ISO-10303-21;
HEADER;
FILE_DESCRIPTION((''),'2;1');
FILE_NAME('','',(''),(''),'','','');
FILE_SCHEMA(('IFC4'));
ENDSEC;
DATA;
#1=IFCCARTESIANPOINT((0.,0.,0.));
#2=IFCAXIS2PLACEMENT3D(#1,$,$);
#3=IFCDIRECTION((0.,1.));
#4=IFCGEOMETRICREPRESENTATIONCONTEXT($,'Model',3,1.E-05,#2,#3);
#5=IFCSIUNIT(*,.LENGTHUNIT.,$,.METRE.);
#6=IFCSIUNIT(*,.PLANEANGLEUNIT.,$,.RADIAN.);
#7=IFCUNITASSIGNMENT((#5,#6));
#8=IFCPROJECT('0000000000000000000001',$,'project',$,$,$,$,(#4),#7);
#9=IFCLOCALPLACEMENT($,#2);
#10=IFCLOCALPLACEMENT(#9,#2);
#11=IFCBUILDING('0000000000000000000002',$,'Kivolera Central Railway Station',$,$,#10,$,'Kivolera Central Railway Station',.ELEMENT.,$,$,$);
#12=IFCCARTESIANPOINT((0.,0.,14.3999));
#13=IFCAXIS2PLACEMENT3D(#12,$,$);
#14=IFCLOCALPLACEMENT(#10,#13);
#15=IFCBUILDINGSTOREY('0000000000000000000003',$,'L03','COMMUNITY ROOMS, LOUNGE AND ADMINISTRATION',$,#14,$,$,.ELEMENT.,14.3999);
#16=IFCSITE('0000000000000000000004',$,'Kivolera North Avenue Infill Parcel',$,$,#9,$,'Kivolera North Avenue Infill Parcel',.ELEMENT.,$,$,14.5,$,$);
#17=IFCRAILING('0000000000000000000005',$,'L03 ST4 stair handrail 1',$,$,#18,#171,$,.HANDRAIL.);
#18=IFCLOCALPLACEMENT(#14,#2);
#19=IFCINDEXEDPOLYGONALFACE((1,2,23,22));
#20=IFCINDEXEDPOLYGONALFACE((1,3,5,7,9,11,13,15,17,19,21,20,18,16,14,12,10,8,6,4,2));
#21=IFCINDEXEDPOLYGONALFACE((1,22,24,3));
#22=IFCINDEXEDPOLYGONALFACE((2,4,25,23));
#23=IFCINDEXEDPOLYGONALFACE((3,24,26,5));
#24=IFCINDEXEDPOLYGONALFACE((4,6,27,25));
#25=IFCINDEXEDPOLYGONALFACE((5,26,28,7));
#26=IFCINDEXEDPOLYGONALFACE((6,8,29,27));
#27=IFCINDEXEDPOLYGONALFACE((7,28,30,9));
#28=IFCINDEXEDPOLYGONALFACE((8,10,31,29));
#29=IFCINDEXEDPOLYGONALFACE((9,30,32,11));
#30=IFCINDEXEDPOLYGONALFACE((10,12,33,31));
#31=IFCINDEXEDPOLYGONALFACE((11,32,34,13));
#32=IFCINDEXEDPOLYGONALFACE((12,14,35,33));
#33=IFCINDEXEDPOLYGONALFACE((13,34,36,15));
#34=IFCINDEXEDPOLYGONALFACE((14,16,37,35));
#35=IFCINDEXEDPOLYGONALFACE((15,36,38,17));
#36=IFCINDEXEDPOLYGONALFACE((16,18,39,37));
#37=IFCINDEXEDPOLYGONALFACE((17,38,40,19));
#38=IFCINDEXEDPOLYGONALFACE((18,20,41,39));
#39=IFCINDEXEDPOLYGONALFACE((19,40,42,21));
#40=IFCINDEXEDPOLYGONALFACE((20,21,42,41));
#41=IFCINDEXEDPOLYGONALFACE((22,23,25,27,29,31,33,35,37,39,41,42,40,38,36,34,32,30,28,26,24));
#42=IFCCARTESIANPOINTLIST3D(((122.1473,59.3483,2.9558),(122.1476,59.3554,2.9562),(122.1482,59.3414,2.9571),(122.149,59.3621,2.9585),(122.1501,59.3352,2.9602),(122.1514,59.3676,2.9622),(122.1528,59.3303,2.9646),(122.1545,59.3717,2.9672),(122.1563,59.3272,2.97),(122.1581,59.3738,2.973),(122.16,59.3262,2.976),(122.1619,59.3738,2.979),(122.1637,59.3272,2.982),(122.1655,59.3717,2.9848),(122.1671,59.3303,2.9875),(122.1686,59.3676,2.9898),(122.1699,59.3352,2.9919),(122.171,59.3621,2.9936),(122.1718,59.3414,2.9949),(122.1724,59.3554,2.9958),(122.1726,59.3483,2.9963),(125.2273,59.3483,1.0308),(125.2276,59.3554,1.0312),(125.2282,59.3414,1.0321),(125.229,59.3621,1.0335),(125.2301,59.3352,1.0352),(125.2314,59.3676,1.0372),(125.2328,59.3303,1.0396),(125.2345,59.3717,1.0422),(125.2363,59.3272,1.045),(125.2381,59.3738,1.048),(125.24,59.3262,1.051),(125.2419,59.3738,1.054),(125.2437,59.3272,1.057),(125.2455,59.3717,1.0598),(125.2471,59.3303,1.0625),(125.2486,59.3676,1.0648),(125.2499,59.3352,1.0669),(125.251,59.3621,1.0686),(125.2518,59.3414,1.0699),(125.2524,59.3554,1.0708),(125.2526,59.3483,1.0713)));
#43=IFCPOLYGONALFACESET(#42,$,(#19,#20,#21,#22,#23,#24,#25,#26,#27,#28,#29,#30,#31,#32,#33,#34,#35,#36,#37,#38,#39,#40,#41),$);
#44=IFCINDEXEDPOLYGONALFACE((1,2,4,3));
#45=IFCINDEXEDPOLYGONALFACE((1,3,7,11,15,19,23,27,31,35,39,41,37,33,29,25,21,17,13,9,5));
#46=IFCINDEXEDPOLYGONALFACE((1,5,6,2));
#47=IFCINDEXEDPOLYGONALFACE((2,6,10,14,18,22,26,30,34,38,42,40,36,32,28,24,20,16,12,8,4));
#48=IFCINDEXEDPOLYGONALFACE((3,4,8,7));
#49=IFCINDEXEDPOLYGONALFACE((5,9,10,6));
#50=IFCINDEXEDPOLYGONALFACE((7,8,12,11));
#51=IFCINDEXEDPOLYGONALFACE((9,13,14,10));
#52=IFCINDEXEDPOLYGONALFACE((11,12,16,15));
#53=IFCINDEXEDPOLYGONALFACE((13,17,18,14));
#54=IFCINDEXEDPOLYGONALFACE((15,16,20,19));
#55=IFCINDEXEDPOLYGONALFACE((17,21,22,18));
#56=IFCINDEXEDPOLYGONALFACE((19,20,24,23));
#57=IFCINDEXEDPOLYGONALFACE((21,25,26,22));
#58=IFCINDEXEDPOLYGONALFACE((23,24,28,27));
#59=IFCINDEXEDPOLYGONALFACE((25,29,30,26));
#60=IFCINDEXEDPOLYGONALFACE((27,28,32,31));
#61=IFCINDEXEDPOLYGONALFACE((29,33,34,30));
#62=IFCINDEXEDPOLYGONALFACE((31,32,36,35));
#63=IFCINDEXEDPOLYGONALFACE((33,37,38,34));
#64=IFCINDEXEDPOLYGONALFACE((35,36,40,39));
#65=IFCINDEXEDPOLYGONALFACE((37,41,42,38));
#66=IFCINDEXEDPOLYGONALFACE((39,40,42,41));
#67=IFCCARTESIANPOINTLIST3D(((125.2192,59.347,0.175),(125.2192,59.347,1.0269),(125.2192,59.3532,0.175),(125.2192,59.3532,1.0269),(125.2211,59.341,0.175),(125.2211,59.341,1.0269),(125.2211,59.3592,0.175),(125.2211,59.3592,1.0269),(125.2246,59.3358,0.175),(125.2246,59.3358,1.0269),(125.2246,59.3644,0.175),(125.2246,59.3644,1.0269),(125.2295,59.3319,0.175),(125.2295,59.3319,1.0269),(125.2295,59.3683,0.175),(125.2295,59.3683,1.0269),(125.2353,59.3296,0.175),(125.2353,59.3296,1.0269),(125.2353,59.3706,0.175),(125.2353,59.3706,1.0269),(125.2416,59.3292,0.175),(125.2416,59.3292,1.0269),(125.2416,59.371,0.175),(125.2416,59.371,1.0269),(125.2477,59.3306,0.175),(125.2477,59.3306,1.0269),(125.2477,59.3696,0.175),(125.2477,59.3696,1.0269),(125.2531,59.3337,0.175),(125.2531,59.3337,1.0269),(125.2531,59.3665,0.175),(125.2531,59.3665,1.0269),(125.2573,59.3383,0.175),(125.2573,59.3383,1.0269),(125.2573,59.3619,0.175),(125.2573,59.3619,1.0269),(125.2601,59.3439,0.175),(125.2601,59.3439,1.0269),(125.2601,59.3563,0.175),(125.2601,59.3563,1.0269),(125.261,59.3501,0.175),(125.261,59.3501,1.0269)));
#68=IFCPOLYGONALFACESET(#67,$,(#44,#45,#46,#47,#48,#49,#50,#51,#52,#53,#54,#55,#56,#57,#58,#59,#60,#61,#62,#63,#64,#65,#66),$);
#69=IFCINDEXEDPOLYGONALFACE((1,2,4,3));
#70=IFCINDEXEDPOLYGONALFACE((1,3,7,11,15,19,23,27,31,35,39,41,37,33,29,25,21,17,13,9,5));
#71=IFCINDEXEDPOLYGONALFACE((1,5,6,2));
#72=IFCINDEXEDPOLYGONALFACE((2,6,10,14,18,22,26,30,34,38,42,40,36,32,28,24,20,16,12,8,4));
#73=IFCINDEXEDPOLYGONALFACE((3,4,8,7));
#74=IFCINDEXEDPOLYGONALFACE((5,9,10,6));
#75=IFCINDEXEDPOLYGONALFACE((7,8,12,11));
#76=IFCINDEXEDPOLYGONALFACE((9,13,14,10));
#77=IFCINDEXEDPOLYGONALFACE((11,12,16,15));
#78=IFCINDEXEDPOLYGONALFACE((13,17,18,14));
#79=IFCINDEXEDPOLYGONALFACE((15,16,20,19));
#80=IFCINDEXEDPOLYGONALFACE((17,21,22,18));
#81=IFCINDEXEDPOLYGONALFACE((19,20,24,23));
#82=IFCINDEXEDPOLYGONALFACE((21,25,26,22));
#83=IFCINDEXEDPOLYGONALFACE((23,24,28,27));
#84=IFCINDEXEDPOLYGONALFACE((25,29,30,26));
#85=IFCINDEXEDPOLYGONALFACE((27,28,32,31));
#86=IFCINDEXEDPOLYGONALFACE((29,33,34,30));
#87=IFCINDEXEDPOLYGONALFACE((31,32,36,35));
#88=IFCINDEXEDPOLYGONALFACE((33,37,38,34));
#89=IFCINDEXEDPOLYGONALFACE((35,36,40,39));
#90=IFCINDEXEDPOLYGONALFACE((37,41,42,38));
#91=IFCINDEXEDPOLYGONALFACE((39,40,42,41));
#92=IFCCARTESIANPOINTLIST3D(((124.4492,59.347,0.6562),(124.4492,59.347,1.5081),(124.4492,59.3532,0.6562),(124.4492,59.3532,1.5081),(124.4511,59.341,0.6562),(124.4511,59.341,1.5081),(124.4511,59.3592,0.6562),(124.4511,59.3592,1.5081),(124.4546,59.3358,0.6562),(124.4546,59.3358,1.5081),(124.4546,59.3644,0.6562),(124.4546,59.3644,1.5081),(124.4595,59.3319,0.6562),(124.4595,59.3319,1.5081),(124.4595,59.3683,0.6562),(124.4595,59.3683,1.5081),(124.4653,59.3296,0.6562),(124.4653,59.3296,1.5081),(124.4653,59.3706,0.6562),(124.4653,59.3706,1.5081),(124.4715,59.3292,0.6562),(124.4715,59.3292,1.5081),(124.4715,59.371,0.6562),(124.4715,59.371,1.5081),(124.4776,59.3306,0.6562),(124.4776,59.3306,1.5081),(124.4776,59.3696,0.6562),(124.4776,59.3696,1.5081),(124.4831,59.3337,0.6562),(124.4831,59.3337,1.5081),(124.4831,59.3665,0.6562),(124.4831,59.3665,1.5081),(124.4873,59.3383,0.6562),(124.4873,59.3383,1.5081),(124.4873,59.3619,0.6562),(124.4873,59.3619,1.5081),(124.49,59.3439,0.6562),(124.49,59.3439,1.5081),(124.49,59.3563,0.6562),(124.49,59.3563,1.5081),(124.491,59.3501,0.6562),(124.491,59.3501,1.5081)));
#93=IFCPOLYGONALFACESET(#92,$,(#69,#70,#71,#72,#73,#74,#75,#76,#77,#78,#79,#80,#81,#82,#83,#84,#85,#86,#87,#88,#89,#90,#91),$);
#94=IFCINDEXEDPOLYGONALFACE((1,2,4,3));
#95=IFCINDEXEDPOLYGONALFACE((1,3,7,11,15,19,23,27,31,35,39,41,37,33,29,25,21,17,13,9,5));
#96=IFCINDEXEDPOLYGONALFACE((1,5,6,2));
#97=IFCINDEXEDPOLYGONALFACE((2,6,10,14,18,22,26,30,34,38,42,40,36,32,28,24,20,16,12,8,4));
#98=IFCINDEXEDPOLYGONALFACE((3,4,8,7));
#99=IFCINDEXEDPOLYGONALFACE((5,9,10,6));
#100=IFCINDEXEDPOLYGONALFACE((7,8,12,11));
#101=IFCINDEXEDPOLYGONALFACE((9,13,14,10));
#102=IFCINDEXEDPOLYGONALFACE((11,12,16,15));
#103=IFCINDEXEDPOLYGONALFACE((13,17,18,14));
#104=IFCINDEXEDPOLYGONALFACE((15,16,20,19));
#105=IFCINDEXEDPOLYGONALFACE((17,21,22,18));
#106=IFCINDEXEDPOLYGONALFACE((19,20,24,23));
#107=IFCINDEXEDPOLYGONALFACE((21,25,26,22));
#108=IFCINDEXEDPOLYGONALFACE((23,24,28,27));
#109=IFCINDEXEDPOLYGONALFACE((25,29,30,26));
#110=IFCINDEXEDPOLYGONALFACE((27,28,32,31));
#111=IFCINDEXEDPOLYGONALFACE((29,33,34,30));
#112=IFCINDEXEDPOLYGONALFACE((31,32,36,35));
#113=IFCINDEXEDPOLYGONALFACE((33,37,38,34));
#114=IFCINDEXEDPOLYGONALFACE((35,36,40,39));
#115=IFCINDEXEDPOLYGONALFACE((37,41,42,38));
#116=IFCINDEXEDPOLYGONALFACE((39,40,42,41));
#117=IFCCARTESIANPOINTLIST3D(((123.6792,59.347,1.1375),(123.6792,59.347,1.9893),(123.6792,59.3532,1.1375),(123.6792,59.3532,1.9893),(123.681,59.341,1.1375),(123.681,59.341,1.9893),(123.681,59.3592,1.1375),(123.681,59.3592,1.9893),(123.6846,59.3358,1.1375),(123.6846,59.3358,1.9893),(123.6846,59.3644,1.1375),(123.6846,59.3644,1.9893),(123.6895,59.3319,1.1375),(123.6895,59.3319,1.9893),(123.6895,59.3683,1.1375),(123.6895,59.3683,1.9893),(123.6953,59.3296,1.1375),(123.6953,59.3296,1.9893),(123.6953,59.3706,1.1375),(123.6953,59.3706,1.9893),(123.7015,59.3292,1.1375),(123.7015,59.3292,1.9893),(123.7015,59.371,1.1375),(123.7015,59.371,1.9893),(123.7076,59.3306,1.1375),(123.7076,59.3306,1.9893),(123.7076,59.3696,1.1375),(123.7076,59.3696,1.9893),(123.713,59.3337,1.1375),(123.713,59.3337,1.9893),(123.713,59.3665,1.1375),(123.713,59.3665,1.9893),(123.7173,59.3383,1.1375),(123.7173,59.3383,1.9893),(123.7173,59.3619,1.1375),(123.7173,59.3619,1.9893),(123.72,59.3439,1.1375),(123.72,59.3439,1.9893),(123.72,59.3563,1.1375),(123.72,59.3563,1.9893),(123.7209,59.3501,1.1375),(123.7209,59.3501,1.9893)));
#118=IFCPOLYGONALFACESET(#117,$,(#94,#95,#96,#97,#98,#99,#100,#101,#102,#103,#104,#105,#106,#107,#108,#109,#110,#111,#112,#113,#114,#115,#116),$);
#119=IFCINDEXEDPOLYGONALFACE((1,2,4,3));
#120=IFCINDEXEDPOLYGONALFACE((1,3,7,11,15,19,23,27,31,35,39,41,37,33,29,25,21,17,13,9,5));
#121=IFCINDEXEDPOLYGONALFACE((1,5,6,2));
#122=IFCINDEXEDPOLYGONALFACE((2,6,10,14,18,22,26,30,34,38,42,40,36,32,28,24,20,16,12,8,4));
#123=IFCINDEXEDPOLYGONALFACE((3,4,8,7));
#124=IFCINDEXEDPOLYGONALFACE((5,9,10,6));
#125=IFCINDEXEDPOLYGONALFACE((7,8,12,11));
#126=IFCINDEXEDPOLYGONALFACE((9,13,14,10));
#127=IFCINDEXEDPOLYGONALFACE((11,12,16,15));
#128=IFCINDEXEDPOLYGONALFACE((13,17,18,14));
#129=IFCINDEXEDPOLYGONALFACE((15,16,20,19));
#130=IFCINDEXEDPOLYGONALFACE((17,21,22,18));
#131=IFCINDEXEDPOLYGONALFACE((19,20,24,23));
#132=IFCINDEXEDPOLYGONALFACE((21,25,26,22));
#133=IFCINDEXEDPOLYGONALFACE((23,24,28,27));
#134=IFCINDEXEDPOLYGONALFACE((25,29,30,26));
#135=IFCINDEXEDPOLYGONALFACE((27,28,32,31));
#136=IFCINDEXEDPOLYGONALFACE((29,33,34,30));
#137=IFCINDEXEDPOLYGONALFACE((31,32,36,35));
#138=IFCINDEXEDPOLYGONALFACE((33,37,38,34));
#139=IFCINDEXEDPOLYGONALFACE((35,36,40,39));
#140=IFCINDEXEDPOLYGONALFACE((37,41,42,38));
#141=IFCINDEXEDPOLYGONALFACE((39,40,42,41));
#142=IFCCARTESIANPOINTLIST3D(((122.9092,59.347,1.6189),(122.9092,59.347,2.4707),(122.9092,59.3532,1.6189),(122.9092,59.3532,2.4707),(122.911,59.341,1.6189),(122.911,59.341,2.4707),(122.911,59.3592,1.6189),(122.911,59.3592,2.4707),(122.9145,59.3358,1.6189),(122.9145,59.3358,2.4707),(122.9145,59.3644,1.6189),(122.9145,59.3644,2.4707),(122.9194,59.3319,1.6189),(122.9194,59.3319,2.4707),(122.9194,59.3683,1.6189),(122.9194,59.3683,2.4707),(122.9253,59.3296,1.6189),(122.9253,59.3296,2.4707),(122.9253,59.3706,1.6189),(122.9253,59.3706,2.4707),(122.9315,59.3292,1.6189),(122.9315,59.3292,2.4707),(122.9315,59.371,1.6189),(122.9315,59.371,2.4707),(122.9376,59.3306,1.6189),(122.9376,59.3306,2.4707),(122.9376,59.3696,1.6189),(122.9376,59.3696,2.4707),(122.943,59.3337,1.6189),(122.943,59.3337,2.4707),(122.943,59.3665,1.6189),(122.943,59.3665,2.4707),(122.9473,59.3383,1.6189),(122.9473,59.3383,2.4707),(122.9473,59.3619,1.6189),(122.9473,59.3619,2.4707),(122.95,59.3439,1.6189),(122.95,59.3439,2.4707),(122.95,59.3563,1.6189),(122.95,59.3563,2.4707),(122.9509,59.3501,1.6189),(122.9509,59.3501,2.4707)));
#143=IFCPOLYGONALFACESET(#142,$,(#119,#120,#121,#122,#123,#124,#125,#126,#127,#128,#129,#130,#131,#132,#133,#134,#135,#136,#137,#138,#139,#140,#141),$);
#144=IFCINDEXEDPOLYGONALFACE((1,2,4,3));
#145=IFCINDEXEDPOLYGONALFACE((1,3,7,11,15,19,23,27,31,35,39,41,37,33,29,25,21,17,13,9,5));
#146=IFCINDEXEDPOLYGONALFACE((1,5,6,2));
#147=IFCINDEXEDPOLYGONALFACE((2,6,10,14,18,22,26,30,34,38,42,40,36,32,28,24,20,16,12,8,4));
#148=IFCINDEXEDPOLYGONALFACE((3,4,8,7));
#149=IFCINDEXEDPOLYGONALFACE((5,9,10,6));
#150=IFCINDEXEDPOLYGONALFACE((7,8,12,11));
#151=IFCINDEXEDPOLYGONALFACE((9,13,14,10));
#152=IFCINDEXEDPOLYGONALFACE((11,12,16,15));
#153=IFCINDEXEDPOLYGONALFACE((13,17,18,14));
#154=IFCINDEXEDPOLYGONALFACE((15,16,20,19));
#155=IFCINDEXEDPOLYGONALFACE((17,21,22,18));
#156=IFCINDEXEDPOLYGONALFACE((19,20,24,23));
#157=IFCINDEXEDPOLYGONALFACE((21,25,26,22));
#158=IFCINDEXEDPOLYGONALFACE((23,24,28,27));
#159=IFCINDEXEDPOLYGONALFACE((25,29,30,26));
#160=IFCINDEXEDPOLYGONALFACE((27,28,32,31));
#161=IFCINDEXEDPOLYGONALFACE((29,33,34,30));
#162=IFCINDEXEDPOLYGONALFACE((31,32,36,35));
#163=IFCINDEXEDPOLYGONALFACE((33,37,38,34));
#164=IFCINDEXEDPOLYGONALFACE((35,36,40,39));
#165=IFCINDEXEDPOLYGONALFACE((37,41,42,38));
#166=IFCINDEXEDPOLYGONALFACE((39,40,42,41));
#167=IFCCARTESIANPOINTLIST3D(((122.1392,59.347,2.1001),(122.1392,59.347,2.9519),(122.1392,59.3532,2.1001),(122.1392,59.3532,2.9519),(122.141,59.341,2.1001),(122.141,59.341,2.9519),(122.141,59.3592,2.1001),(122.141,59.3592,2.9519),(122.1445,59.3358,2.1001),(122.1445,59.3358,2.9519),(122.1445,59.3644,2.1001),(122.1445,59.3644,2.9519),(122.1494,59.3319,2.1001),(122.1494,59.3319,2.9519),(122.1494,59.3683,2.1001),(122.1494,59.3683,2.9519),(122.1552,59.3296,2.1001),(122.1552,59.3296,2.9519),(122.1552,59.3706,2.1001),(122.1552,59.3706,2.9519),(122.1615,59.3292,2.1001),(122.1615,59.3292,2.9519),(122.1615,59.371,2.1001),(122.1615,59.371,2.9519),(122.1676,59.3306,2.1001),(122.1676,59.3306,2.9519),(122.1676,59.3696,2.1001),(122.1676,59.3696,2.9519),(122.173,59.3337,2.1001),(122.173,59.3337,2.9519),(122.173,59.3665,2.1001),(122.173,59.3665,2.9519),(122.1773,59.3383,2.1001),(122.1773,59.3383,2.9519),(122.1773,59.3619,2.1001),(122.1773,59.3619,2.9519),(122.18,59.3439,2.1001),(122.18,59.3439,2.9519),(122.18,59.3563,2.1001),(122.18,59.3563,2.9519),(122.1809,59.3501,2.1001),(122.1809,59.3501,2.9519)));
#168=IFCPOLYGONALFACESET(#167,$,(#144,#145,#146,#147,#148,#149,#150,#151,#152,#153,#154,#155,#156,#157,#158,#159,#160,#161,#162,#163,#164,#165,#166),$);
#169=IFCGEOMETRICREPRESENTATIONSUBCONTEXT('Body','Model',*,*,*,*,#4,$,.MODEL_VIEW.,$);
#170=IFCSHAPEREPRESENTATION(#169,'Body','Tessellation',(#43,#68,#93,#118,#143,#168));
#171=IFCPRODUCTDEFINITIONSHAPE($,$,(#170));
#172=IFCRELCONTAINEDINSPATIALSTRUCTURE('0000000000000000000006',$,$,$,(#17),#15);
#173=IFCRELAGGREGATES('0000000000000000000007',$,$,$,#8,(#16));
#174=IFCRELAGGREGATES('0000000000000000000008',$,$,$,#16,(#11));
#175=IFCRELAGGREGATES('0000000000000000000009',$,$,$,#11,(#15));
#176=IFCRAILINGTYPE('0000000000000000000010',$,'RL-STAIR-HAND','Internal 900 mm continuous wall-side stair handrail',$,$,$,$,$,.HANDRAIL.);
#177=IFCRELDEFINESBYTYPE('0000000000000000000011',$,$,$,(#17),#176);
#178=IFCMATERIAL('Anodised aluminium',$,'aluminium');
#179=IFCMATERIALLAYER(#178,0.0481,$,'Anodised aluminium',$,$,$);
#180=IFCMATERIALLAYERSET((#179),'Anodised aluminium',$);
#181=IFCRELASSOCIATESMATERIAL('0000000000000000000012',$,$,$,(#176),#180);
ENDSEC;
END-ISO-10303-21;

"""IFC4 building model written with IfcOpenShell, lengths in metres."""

from ifc_helpers import new_model, si_unit, direction, frame, origin, origin_2d, place, context, subcontext, project, spatial, circle, extrude, material, layer, layer_set, type_object, element, save


model = new_model("IFC4")

# Units and contexts
model_context = context("Model", 3, precision=1e-05, world=origin(), true_north=direction((0.0, 1.0)))
body_context = subcontext(model_context, "Body", "Model", "MODEL_VIEW")
ifc_project = project(units=[si_unit("LENGTHUNIT", "METRE"), si_unit("PLANEANGLEUNIT", "RADIAN")], contexts=[model_context])

# Site, building, storey
site_placement = place(None, origin())
site = spatial("IfcSite", under=ifc_project, at=site_placement, Name="Kivolera North Avenue Infill Parcel", LongName="Kivolera North Avenue Infill Parcel", CompositionType="ELEMENT", RefElevation=14.5)
building_placement = place(site_placement, origin())
building = spatial("IfcBuilding", under=site, at=building_placement, Name="Kivolera Central Railway Station", LongName="Kivolera Central Railway Station", CompositionType="ELEMENT")
storey_placement = place(building_placement, frame((0.0, 0.0, 14.3999)))
storey = spatial("IfcBuildingStorey", under=building, at=storey_placement, Name="L03", Description="COMMUNITY ROOMS, LOUNGE AND ADMINISTRATION", CompositionType="ELEMENT", Elevation=14.3999)

# Shared definitions
ifc_material_1 = material(Name="Anodised aluminium", Category="aluminium")

# Railing
ifc_layer_1 = layer(ifc_material_1, 0.0481, Name="Anodised aluminium")
ifc_layer_set_1 = layer_set([ifc_layer_1], Name="Anodised aluminium")
railing_type_1 = type_object("IfcRailingType", Name="RL-STAIR-HAND", Description="Internal 900 mm continuous wall-side stair handrail", PredefinedType="HANDRAIL", material=ifc_layer_set_1)
railing_1_placement = place(storey_placement, frame((125.24, 59.3501, 0.175)))
element("IfcRailing", 1, at=railing_1_placement, inside=storey, type_object=railing_type_1, Name="L03 ST4 stair handrail 1", PredefinedType="HANDRAIL", context=body_context, shape_type="SweptSolid", body=[
    extrude(circle(Radius=0.0239, at=origin_2d()), frame((0.0, 0.0, 0.876), z_axis=(-0.847998, 0.0, 0.529999), x_axis=(0.0, -1.0, 0.0)), (0.0, 0.0, 1.0), 3.6321),
    extrude(circle(Radius=0.021, at=origin_2d()), origin(), (0.0, 0.0, 1.0), 0.8518),
    extrude(circle(Radius=0.021, at=origin_2d()), frame((-0.77, 0.0, 0.4812)), (0.0, 0.0, 1.0), 0.8518),
    extrude(circle(Radius=0.021, at=origin_2d()), frame((-1.54, 0.0, 0.9624)), (0.0, 0.0, 1.0), 0.8518),
    extrude(circle(Radius=0.021, at=origin_2d()), frame((-2.3101, 0.0, 1.4438)), (0.0, 0.0, 1.0), 0.8518),
    extrude(circle(Radius=0.021, at=origin_2d()), frame((-3.0801, 0.0, 1.925)), (0.0, 0.0, 1.0), 0.8518),
])

save(model, "model.ifc")
